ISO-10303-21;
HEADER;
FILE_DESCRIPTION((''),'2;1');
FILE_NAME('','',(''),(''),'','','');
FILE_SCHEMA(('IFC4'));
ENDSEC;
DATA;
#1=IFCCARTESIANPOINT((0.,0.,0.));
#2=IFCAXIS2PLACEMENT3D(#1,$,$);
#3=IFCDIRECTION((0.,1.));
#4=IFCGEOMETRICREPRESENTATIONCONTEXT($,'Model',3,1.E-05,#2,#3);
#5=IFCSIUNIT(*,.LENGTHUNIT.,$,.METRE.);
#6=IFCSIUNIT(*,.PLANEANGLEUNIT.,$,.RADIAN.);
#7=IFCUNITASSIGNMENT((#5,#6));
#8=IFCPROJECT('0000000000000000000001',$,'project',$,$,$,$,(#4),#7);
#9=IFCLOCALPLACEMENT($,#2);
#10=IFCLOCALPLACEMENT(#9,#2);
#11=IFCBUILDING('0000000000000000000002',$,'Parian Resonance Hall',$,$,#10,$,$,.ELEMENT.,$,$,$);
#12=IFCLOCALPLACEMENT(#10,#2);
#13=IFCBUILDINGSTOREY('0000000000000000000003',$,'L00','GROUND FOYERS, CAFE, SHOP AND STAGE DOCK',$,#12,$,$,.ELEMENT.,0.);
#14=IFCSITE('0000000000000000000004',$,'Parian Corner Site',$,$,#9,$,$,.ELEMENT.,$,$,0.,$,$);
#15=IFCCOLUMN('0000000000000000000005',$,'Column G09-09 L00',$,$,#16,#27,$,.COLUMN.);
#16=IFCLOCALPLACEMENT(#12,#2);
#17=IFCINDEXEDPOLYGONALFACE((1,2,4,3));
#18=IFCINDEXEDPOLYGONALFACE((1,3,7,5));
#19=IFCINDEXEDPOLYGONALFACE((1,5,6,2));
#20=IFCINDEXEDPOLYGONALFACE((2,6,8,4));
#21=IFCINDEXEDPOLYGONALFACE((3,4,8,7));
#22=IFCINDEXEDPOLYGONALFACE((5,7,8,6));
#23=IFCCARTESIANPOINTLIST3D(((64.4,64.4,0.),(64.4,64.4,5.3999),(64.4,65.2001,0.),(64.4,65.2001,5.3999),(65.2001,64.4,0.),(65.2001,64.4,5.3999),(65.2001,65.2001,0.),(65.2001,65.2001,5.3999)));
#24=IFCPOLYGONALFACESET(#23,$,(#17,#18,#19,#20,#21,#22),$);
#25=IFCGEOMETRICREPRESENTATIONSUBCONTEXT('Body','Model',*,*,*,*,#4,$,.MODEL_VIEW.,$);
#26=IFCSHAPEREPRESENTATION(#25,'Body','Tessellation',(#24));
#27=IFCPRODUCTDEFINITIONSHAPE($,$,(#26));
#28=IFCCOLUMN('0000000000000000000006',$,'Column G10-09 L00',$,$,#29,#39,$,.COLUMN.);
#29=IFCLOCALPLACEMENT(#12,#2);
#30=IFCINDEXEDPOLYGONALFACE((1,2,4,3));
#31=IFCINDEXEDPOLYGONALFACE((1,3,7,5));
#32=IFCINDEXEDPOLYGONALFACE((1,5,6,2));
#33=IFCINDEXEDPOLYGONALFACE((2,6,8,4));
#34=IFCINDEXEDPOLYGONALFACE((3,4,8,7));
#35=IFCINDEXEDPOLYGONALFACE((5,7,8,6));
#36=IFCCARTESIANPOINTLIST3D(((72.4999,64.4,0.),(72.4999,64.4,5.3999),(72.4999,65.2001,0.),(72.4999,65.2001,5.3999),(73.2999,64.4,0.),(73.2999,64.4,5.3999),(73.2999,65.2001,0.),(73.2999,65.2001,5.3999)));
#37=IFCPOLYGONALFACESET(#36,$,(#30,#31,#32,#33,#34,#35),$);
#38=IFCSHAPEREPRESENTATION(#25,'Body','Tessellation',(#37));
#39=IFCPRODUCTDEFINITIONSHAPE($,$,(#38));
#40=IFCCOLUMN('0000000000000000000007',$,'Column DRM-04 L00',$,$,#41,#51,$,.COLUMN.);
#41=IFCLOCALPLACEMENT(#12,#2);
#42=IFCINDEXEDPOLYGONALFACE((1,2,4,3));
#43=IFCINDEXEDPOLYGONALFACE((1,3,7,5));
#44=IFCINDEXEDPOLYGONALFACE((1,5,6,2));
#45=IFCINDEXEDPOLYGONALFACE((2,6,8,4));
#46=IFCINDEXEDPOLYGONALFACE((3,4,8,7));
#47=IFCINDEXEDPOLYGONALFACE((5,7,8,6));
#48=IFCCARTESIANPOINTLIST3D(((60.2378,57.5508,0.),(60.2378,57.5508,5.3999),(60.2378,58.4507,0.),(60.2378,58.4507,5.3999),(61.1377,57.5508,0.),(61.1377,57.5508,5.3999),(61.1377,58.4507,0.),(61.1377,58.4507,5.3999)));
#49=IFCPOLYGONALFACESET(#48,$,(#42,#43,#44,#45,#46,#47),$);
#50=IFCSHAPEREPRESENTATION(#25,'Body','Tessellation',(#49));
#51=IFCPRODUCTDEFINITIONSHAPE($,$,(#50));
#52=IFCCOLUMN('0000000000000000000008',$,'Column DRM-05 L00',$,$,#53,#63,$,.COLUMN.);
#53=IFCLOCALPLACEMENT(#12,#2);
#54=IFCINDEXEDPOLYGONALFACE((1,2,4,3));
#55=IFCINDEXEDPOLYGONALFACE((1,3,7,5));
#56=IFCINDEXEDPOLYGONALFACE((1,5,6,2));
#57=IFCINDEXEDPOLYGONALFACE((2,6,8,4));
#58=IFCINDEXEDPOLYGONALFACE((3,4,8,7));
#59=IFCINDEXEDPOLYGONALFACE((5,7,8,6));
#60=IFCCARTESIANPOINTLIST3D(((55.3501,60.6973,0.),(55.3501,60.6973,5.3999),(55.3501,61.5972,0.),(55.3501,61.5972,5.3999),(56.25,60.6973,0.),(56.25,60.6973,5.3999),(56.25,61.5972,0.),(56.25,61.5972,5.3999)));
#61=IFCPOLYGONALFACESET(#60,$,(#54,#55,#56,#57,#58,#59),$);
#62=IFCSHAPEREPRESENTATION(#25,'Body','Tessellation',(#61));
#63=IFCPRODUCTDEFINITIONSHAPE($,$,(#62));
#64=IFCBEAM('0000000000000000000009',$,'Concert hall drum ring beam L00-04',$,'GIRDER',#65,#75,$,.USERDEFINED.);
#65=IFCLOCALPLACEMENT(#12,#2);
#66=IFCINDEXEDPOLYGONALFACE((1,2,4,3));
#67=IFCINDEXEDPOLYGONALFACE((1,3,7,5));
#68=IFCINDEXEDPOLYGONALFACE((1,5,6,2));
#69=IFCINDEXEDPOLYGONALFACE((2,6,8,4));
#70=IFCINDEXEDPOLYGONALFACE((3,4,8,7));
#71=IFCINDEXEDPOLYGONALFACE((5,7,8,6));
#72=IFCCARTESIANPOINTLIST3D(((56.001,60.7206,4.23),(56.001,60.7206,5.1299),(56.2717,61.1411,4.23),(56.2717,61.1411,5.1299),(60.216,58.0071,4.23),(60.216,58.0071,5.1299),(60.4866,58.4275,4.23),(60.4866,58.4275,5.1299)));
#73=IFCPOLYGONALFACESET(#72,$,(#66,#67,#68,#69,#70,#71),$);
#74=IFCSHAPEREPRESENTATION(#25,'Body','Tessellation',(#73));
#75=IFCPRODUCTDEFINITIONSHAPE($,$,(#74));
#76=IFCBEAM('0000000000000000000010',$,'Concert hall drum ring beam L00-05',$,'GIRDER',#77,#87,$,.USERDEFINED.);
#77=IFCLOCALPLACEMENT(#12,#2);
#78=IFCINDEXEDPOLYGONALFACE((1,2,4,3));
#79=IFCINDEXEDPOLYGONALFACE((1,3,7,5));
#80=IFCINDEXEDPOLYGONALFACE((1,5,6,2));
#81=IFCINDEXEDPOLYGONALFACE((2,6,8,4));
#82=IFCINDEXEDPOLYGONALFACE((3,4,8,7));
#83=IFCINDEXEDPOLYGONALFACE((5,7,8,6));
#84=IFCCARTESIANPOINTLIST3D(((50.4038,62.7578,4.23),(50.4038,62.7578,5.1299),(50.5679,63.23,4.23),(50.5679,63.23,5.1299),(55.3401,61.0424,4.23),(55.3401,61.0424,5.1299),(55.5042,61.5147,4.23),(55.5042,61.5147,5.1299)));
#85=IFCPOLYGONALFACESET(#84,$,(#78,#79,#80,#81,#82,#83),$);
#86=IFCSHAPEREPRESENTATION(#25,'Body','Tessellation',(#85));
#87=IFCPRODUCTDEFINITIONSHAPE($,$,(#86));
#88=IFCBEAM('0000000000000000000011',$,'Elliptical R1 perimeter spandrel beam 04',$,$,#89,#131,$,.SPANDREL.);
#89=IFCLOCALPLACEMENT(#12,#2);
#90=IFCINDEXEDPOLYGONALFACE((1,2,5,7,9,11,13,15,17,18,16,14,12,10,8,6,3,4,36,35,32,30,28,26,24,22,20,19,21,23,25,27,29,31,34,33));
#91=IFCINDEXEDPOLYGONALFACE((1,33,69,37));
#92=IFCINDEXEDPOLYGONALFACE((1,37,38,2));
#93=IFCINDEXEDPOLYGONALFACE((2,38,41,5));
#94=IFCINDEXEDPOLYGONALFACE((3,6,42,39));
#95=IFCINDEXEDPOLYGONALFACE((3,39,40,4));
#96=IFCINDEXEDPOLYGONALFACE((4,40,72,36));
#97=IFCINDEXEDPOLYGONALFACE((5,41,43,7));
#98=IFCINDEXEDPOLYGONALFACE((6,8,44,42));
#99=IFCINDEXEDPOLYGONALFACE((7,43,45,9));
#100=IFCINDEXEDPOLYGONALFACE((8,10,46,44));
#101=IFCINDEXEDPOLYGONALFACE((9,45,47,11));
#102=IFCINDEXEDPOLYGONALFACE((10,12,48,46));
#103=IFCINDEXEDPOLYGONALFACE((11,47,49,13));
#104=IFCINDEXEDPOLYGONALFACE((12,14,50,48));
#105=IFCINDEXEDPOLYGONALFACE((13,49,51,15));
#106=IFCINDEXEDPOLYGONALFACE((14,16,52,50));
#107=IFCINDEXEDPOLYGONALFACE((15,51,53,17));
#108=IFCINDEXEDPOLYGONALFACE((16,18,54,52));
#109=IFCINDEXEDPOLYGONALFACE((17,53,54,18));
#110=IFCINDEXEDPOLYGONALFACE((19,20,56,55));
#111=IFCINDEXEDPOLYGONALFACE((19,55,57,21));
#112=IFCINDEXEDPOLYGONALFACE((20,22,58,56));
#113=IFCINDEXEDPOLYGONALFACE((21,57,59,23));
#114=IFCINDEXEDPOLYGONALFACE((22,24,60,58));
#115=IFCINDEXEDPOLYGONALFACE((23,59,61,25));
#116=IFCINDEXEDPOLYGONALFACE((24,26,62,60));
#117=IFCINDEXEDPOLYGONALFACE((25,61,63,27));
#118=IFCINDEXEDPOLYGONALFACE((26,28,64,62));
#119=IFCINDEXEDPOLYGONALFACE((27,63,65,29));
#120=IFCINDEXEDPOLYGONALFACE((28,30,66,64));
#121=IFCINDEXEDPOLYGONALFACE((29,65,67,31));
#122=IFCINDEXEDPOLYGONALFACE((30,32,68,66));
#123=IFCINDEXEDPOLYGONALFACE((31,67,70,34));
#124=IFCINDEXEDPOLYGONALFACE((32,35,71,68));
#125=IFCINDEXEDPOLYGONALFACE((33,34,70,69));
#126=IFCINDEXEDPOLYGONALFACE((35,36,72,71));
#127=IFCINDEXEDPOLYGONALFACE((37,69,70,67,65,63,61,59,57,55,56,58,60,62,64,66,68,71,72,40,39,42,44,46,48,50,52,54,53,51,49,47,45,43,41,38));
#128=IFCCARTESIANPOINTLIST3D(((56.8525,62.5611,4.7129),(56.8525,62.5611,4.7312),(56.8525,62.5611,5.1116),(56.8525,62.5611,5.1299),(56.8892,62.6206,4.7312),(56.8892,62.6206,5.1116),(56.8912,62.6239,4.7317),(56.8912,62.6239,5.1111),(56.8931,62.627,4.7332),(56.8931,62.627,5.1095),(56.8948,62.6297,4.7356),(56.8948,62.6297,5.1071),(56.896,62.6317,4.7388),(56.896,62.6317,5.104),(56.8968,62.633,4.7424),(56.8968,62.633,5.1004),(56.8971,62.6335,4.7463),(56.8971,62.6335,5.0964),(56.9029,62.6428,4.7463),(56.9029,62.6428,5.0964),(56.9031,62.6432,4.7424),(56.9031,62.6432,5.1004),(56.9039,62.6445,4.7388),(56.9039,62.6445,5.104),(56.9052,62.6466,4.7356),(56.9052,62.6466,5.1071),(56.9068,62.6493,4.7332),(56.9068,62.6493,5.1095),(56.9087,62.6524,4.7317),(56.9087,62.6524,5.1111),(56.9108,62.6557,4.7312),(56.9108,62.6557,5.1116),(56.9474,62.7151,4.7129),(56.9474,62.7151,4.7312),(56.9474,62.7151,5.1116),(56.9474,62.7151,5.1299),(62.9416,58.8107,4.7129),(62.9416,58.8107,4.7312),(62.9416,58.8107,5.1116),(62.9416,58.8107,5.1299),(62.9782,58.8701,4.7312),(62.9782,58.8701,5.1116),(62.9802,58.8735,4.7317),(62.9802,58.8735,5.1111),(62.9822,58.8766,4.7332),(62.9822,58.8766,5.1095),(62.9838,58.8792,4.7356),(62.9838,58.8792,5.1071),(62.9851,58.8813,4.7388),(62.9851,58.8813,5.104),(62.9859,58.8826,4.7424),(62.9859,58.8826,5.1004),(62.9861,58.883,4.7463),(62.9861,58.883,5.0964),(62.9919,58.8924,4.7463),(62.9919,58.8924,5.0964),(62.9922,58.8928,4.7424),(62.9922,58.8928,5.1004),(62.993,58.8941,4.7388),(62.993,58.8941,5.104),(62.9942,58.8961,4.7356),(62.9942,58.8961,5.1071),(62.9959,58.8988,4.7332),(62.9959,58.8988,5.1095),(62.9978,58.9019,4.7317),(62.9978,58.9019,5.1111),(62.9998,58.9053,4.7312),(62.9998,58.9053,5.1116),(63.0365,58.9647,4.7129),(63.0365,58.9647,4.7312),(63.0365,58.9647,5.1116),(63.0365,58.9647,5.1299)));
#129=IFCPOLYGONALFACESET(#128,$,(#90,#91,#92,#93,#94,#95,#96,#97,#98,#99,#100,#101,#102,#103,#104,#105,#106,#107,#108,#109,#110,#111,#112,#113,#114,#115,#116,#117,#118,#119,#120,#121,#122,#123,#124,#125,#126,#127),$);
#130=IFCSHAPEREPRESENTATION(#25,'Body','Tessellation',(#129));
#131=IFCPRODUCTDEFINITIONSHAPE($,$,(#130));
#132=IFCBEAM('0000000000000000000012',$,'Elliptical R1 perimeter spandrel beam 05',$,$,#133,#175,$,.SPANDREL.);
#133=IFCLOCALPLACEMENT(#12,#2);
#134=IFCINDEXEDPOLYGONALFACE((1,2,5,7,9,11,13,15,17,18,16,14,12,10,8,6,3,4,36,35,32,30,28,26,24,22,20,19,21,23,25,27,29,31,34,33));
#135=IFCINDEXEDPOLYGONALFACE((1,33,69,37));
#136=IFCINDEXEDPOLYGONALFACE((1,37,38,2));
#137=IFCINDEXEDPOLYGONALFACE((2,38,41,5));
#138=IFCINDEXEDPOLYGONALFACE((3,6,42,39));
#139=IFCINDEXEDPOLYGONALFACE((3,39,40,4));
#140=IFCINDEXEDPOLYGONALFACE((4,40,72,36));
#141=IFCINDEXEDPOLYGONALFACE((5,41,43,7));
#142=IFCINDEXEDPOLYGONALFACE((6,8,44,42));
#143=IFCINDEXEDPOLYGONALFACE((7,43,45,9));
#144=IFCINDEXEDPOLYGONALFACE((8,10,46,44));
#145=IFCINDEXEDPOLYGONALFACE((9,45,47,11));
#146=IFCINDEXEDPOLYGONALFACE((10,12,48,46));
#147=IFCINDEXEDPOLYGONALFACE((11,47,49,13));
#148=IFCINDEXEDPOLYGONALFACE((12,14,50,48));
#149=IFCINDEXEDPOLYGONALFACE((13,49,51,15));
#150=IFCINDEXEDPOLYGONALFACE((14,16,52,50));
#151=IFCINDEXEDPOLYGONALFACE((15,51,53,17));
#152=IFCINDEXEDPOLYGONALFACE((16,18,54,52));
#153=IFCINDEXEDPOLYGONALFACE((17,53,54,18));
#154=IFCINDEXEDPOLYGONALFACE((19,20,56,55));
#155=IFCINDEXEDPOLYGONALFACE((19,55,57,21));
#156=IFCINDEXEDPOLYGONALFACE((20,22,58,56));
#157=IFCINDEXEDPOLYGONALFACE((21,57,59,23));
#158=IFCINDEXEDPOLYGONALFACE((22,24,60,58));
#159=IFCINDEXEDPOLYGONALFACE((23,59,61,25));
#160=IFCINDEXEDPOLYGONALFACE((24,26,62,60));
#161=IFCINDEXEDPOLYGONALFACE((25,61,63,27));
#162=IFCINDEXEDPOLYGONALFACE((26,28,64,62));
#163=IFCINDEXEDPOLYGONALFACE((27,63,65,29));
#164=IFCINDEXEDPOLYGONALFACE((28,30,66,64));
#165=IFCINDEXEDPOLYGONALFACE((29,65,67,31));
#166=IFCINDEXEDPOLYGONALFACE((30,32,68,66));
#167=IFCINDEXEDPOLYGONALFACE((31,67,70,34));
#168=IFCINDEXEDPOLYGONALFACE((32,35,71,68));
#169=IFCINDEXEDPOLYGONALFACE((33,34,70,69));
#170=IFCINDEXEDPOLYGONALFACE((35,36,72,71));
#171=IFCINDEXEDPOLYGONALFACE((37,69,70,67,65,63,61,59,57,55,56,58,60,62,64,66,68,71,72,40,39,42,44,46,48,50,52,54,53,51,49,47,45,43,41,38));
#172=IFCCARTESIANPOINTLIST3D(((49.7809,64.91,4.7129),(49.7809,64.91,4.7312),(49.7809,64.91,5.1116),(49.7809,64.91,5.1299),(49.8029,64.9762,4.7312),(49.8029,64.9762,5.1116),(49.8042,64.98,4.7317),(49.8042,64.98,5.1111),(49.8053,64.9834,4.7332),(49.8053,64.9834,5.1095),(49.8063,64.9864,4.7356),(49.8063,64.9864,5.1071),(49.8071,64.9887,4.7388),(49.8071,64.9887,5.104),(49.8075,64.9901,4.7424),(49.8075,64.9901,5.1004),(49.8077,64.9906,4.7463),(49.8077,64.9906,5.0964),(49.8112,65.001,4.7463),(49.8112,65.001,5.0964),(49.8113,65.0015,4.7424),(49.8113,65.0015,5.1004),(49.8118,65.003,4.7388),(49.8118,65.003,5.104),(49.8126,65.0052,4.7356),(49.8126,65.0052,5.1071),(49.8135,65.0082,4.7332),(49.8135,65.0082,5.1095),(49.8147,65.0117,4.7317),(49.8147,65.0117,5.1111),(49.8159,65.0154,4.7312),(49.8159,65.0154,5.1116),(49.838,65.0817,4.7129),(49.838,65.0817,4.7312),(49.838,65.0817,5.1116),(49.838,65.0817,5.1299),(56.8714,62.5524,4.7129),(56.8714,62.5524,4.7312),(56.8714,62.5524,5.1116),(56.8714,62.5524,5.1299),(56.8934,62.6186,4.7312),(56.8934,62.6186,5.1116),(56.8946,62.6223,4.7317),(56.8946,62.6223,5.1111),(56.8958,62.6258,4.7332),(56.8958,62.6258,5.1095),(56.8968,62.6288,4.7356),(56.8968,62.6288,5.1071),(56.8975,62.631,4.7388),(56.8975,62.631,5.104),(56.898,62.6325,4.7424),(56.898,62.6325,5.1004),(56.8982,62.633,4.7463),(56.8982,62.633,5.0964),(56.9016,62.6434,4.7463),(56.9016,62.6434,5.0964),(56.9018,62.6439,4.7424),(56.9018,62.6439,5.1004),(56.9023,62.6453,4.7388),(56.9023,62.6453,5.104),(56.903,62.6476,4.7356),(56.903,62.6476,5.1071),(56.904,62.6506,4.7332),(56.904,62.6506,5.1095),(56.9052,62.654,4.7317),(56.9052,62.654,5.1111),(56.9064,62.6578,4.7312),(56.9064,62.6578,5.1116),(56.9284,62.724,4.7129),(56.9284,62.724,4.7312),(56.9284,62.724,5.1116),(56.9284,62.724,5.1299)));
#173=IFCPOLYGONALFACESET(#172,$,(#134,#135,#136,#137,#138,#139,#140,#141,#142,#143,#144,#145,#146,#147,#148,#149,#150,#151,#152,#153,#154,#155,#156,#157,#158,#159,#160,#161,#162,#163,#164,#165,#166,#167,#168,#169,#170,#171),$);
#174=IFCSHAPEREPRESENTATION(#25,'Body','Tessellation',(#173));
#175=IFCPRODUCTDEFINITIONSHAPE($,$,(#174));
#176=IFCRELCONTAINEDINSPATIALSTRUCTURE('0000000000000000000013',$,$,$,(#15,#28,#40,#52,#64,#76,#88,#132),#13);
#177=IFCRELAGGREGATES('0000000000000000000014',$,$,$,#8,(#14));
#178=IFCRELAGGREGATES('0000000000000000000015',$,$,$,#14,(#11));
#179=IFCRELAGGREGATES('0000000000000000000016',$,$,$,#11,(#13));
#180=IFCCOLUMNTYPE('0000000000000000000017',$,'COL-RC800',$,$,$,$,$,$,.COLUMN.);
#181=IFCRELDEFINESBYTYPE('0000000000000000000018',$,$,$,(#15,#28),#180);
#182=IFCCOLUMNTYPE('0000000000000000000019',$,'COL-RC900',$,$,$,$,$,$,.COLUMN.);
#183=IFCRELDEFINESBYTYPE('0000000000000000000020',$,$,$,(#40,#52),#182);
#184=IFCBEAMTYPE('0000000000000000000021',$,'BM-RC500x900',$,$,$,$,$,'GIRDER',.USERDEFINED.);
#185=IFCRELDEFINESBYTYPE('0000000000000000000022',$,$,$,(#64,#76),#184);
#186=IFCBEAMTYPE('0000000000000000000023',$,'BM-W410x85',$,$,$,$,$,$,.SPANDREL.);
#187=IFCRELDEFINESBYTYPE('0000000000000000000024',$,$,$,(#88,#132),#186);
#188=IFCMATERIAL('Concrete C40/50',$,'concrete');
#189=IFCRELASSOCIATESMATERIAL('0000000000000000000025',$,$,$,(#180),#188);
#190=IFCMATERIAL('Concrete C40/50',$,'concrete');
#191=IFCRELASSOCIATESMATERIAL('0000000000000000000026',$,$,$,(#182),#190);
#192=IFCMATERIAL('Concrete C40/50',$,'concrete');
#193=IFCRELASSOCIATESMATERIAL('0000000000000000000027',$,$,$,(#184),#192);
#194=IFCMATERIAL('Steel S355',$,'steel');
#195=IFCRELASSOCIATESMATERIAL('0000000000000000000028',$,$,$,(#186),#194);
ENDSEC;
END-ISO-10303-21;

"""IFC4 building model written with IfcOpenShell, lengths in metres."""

from ifc_helpers import new_model, si_unit, direction, frame, origin, origin_2d, place, context, subcontext, project, spatial, rectangle, i_section, extrude, material, material_profile, profile_set, type_object, element, save


model = new_model("IFC4")

# Units and contexts
model_context = context("Model", 3, precision=1e-05, world=origin(), true_north=direction((0.0, 1.0)))
body_context = subcontext(model_context, "Body", "Model", "MODEL_VIEW")
ifc_project = project(units=[si_unit("LENGTHUNIT", "METRE"), si_unit("PLANEANGLEUNIT", "RADIAN")], contexts=[model_context])

# Site, building, storey
site_placement = place(None, origin())
site = spatial("IfcSite", under=ifc_project, at=site_placement, Name="Parian Corner Site", CompositionType="ELEMENT", RefElevation=0.0)
building_placement = place(site_placement, origin())
building = spatial("IfcBuilding", under=site, at=building_placement, Name="Parian Resonance Hall", CompositionType="ELEMENT")
storey_placement = place(building_placement, origin())
storey = spatial("IfcBuildingStorey", under=building, at=storey_placement, Name="L00", Description="GROUND FOYERS, CAFE, SHOP AND STAGE DOCK", CompositionType="ELEMENT", Elevation=0.0)

# Columns
ifc_material_1 = material(Name="Concrete C40/50", Category="concrete")
ifc_material_profile_1 = material_profile(ifc_material_1, rectangle(XDim=0.8, YDim=0.8, at=origin_2d()), Name="RC-COL-800x800")
ifc_profile_set_1 = profile_set([ifc_material_profile_1], Name="Concrete C40/50")
column_type_1 = type_object("IfcColumnType", Name="COL-RC800", PredefinedType="COLUMN", material=ifc_profile_set_1)
for number, where, z_axis, x_axis, name in (
    (1, (64.8, 64.8, 0.0), (0.0, 0.0, 1.0), (1.0, 0.0, 0.0), "Column G09-09 L00"),
    (2, (72.8999, 64.8, 0.0), (0.0, 0.0, 1.0), (1.0, 0.0, 0.0), "Column G10-09 L00"),
):
    element("IfcColumn", number, at=place(storey_placement, frame(where, z_axis=z_axis, x_axis=x_axis)), inside=storey, type_object=column_type_1, Name=name, PredefinedType="COLUMN", context=body_context, shape_type="SweptSolid", body=[
        extrude(rectangle(XDim=0.8, YDim=0.8, at=origin_2d()), origin(), (0.0, 0.0, 1.0), 5.3999),
    ])
ifc_material_2 = material(Name="Concrete C40/50", Category="concrete")
ifc_material_profile_2 = material_profile(ifc_material_2, rectangle(XDim=0.8999, YDim=0.8999, at=origin_2d()), Name="RC-COL-900x900")
ifc_profile_set_2 = profile_set([ifc_material_profile_2], Name="Concrete C40/50")
column_type_2 = type_object("IfcColumnType", Name="COL-RC900", PredefinedType="COLUMN", material=ifc_profile_set_2)
for number, where, z_axis, x_axis, name in (
    (3, (60.6877, 58.0007, 0.0), (0.0, 0.0, 1.0), (1.0, 0.0, 0.0), "Column DRM-04 L00"),
    (4, (55.8, 61.1472, 0.0), (0.0, 0.0, 1.0), (1.0, 0.0, 0.0), "Column DRM-05 L00"),
):
    element("IfcColumn", number, at=place(storey_placement, frame(where, z_axis=z_axis, x_axis=x_axis)), inside=storey, type_object=column_type_2, Name=name, PredefinedType="COLUMN", context=body_context, shape_type="SweptSolid", body=[
        extrude(rectangle(XDim=0.8999, YDim=0.8999, at=origin_2d()), origin(), (0.0, 0.0, 1.0), 5.3999),
    ])

# Beams
ifc_material_3 = material(Name="Concrete C40/50", Category="concrete")
ifc_material_profile_3 = material_profile(ifc_material_3, rectangle(XDim=0.5, YDim=0.8999, at=origin_2d()), Name="RC-BM-500x900")
ifc_profile_set_3 = profile_set([ifc_material_profile_3], Name="Concrete C40/50")
beam_type_1 = type_object("IfcBeamType", Name="BM-RC500x900", ElementType="GIRDER", PredefinedType="USERDEFINED", material=ifc_profile_set_3)
beam_1_placement = place(storey_placement, frame((60.3513, 58.2173, 4.6799), z_axis=(-0.840822, 0.541311, 0.0), x_axis=(-0.541311, -0.840822, 0.0)))
element("IfcBeam", 5, at=beam_1_placement, inside=storey, type_object=beam_type_1, Name="Concert hall drum ring beam L00-04", ObjectType="GIRDER", PredefinedType="USERDEFINED", context=body_context, shape_type="SweptSolid", body=[
    extrude(rectangle(XDim=0.5, YDim=0.8999, at=origin_2d()), origin(), (0.0, 0.0, 1.0), 5.0129),
])
beam_2_placement = place(storey_placement, frame((55.4221, 61.2786, 4.6799), z_axis=(-0.944594, 0.328242, 0.0), x_axis=(-0.328242, -0.944594, 0.0)))
element("IfcBeam", 6, at=beam_2_placement, inside=storey, type_object=beam_type_1, Name="Concert hall drum ring beam L00-05", ObjectType="GIRDER", PredefinedType="USERDEFINED", context=body_context, shape_type="SweptSolid", body=[
    extrude(rectangle(XDim=0.5, YDim=0.8999, at=origin_2d()), origin(), (0.0, 0.0, 1.0), 5.2258),
])
ifc_material_4 = material(Name="Steel S355", Category="steel")
ifc_material_profile_4 = material_profile(ifc_material_4, i_section(OverallWidth=0.1809, OverallDepth=0.417, WebThickness=0.011, FlangeThickness=0.0183, FilletRadius=0.0151, at=origin_2d()), Name="W410x85")
ifc_profile_set_4 = profile_set([ifc_material_profile_4], Name="Steel S355")
beam_type_2 = type_object("IfcBeamType", Name="BM-W410x85", PredefinedType="SPANDREL", material=ifc_profile_set_4)
beam_3_placement = place(storey_placement, frame((62.989, 58.8877, 4.9214), z_axis=(-0.85145, 0.524436, 0.0), x_axis=(-0.524436, -0.85145, 0.0)))
element("IfcBeam", 7, at=beam_3_placement, inside=storey, type_object=beam_type_2, Name="Elliptical R1 perimeter spandrel beam 04", PredefinedType="SPANDREL", context=body_context, shape_type="SweptSolid", body=[
    extrude(i_section(OverallWidth=0.1809, OverallDepth=0.417, WebThickness=0.011, FlangeThickness=0.0183, FilletRadius=0.0151, at=origin_2d()), origin(), (0.0, 0.0, 1.0), 7.1514),
])
beam_4_placement = place(storey_placement, frame((56.8999, 62.6382, 4.9214), z_axis=(-0.948918, 0.315522, 0.0), x_axis=(-0.315522, -0.948918, 0.0)))
element("IfcBeam", 8, at=beam_4_placement, inside=storey, type_object=beam_type_2, Name="Elliptical R1 perimeter spandrel beam 05", PredefinedType="SPANDREL", context=body_context, shape_type="SweptSolid", body=[
    extrude(i_section(OverallWidth=0.1809, OverallDepth=0.417, WebThickness=0.011, FlangeThickness=0.0183, FilletRadius=0.0151, at=origin_2d()), origin(), (0.0, 0.0, 1.0), 7.4722),
])

save(model, "model.ifc")
